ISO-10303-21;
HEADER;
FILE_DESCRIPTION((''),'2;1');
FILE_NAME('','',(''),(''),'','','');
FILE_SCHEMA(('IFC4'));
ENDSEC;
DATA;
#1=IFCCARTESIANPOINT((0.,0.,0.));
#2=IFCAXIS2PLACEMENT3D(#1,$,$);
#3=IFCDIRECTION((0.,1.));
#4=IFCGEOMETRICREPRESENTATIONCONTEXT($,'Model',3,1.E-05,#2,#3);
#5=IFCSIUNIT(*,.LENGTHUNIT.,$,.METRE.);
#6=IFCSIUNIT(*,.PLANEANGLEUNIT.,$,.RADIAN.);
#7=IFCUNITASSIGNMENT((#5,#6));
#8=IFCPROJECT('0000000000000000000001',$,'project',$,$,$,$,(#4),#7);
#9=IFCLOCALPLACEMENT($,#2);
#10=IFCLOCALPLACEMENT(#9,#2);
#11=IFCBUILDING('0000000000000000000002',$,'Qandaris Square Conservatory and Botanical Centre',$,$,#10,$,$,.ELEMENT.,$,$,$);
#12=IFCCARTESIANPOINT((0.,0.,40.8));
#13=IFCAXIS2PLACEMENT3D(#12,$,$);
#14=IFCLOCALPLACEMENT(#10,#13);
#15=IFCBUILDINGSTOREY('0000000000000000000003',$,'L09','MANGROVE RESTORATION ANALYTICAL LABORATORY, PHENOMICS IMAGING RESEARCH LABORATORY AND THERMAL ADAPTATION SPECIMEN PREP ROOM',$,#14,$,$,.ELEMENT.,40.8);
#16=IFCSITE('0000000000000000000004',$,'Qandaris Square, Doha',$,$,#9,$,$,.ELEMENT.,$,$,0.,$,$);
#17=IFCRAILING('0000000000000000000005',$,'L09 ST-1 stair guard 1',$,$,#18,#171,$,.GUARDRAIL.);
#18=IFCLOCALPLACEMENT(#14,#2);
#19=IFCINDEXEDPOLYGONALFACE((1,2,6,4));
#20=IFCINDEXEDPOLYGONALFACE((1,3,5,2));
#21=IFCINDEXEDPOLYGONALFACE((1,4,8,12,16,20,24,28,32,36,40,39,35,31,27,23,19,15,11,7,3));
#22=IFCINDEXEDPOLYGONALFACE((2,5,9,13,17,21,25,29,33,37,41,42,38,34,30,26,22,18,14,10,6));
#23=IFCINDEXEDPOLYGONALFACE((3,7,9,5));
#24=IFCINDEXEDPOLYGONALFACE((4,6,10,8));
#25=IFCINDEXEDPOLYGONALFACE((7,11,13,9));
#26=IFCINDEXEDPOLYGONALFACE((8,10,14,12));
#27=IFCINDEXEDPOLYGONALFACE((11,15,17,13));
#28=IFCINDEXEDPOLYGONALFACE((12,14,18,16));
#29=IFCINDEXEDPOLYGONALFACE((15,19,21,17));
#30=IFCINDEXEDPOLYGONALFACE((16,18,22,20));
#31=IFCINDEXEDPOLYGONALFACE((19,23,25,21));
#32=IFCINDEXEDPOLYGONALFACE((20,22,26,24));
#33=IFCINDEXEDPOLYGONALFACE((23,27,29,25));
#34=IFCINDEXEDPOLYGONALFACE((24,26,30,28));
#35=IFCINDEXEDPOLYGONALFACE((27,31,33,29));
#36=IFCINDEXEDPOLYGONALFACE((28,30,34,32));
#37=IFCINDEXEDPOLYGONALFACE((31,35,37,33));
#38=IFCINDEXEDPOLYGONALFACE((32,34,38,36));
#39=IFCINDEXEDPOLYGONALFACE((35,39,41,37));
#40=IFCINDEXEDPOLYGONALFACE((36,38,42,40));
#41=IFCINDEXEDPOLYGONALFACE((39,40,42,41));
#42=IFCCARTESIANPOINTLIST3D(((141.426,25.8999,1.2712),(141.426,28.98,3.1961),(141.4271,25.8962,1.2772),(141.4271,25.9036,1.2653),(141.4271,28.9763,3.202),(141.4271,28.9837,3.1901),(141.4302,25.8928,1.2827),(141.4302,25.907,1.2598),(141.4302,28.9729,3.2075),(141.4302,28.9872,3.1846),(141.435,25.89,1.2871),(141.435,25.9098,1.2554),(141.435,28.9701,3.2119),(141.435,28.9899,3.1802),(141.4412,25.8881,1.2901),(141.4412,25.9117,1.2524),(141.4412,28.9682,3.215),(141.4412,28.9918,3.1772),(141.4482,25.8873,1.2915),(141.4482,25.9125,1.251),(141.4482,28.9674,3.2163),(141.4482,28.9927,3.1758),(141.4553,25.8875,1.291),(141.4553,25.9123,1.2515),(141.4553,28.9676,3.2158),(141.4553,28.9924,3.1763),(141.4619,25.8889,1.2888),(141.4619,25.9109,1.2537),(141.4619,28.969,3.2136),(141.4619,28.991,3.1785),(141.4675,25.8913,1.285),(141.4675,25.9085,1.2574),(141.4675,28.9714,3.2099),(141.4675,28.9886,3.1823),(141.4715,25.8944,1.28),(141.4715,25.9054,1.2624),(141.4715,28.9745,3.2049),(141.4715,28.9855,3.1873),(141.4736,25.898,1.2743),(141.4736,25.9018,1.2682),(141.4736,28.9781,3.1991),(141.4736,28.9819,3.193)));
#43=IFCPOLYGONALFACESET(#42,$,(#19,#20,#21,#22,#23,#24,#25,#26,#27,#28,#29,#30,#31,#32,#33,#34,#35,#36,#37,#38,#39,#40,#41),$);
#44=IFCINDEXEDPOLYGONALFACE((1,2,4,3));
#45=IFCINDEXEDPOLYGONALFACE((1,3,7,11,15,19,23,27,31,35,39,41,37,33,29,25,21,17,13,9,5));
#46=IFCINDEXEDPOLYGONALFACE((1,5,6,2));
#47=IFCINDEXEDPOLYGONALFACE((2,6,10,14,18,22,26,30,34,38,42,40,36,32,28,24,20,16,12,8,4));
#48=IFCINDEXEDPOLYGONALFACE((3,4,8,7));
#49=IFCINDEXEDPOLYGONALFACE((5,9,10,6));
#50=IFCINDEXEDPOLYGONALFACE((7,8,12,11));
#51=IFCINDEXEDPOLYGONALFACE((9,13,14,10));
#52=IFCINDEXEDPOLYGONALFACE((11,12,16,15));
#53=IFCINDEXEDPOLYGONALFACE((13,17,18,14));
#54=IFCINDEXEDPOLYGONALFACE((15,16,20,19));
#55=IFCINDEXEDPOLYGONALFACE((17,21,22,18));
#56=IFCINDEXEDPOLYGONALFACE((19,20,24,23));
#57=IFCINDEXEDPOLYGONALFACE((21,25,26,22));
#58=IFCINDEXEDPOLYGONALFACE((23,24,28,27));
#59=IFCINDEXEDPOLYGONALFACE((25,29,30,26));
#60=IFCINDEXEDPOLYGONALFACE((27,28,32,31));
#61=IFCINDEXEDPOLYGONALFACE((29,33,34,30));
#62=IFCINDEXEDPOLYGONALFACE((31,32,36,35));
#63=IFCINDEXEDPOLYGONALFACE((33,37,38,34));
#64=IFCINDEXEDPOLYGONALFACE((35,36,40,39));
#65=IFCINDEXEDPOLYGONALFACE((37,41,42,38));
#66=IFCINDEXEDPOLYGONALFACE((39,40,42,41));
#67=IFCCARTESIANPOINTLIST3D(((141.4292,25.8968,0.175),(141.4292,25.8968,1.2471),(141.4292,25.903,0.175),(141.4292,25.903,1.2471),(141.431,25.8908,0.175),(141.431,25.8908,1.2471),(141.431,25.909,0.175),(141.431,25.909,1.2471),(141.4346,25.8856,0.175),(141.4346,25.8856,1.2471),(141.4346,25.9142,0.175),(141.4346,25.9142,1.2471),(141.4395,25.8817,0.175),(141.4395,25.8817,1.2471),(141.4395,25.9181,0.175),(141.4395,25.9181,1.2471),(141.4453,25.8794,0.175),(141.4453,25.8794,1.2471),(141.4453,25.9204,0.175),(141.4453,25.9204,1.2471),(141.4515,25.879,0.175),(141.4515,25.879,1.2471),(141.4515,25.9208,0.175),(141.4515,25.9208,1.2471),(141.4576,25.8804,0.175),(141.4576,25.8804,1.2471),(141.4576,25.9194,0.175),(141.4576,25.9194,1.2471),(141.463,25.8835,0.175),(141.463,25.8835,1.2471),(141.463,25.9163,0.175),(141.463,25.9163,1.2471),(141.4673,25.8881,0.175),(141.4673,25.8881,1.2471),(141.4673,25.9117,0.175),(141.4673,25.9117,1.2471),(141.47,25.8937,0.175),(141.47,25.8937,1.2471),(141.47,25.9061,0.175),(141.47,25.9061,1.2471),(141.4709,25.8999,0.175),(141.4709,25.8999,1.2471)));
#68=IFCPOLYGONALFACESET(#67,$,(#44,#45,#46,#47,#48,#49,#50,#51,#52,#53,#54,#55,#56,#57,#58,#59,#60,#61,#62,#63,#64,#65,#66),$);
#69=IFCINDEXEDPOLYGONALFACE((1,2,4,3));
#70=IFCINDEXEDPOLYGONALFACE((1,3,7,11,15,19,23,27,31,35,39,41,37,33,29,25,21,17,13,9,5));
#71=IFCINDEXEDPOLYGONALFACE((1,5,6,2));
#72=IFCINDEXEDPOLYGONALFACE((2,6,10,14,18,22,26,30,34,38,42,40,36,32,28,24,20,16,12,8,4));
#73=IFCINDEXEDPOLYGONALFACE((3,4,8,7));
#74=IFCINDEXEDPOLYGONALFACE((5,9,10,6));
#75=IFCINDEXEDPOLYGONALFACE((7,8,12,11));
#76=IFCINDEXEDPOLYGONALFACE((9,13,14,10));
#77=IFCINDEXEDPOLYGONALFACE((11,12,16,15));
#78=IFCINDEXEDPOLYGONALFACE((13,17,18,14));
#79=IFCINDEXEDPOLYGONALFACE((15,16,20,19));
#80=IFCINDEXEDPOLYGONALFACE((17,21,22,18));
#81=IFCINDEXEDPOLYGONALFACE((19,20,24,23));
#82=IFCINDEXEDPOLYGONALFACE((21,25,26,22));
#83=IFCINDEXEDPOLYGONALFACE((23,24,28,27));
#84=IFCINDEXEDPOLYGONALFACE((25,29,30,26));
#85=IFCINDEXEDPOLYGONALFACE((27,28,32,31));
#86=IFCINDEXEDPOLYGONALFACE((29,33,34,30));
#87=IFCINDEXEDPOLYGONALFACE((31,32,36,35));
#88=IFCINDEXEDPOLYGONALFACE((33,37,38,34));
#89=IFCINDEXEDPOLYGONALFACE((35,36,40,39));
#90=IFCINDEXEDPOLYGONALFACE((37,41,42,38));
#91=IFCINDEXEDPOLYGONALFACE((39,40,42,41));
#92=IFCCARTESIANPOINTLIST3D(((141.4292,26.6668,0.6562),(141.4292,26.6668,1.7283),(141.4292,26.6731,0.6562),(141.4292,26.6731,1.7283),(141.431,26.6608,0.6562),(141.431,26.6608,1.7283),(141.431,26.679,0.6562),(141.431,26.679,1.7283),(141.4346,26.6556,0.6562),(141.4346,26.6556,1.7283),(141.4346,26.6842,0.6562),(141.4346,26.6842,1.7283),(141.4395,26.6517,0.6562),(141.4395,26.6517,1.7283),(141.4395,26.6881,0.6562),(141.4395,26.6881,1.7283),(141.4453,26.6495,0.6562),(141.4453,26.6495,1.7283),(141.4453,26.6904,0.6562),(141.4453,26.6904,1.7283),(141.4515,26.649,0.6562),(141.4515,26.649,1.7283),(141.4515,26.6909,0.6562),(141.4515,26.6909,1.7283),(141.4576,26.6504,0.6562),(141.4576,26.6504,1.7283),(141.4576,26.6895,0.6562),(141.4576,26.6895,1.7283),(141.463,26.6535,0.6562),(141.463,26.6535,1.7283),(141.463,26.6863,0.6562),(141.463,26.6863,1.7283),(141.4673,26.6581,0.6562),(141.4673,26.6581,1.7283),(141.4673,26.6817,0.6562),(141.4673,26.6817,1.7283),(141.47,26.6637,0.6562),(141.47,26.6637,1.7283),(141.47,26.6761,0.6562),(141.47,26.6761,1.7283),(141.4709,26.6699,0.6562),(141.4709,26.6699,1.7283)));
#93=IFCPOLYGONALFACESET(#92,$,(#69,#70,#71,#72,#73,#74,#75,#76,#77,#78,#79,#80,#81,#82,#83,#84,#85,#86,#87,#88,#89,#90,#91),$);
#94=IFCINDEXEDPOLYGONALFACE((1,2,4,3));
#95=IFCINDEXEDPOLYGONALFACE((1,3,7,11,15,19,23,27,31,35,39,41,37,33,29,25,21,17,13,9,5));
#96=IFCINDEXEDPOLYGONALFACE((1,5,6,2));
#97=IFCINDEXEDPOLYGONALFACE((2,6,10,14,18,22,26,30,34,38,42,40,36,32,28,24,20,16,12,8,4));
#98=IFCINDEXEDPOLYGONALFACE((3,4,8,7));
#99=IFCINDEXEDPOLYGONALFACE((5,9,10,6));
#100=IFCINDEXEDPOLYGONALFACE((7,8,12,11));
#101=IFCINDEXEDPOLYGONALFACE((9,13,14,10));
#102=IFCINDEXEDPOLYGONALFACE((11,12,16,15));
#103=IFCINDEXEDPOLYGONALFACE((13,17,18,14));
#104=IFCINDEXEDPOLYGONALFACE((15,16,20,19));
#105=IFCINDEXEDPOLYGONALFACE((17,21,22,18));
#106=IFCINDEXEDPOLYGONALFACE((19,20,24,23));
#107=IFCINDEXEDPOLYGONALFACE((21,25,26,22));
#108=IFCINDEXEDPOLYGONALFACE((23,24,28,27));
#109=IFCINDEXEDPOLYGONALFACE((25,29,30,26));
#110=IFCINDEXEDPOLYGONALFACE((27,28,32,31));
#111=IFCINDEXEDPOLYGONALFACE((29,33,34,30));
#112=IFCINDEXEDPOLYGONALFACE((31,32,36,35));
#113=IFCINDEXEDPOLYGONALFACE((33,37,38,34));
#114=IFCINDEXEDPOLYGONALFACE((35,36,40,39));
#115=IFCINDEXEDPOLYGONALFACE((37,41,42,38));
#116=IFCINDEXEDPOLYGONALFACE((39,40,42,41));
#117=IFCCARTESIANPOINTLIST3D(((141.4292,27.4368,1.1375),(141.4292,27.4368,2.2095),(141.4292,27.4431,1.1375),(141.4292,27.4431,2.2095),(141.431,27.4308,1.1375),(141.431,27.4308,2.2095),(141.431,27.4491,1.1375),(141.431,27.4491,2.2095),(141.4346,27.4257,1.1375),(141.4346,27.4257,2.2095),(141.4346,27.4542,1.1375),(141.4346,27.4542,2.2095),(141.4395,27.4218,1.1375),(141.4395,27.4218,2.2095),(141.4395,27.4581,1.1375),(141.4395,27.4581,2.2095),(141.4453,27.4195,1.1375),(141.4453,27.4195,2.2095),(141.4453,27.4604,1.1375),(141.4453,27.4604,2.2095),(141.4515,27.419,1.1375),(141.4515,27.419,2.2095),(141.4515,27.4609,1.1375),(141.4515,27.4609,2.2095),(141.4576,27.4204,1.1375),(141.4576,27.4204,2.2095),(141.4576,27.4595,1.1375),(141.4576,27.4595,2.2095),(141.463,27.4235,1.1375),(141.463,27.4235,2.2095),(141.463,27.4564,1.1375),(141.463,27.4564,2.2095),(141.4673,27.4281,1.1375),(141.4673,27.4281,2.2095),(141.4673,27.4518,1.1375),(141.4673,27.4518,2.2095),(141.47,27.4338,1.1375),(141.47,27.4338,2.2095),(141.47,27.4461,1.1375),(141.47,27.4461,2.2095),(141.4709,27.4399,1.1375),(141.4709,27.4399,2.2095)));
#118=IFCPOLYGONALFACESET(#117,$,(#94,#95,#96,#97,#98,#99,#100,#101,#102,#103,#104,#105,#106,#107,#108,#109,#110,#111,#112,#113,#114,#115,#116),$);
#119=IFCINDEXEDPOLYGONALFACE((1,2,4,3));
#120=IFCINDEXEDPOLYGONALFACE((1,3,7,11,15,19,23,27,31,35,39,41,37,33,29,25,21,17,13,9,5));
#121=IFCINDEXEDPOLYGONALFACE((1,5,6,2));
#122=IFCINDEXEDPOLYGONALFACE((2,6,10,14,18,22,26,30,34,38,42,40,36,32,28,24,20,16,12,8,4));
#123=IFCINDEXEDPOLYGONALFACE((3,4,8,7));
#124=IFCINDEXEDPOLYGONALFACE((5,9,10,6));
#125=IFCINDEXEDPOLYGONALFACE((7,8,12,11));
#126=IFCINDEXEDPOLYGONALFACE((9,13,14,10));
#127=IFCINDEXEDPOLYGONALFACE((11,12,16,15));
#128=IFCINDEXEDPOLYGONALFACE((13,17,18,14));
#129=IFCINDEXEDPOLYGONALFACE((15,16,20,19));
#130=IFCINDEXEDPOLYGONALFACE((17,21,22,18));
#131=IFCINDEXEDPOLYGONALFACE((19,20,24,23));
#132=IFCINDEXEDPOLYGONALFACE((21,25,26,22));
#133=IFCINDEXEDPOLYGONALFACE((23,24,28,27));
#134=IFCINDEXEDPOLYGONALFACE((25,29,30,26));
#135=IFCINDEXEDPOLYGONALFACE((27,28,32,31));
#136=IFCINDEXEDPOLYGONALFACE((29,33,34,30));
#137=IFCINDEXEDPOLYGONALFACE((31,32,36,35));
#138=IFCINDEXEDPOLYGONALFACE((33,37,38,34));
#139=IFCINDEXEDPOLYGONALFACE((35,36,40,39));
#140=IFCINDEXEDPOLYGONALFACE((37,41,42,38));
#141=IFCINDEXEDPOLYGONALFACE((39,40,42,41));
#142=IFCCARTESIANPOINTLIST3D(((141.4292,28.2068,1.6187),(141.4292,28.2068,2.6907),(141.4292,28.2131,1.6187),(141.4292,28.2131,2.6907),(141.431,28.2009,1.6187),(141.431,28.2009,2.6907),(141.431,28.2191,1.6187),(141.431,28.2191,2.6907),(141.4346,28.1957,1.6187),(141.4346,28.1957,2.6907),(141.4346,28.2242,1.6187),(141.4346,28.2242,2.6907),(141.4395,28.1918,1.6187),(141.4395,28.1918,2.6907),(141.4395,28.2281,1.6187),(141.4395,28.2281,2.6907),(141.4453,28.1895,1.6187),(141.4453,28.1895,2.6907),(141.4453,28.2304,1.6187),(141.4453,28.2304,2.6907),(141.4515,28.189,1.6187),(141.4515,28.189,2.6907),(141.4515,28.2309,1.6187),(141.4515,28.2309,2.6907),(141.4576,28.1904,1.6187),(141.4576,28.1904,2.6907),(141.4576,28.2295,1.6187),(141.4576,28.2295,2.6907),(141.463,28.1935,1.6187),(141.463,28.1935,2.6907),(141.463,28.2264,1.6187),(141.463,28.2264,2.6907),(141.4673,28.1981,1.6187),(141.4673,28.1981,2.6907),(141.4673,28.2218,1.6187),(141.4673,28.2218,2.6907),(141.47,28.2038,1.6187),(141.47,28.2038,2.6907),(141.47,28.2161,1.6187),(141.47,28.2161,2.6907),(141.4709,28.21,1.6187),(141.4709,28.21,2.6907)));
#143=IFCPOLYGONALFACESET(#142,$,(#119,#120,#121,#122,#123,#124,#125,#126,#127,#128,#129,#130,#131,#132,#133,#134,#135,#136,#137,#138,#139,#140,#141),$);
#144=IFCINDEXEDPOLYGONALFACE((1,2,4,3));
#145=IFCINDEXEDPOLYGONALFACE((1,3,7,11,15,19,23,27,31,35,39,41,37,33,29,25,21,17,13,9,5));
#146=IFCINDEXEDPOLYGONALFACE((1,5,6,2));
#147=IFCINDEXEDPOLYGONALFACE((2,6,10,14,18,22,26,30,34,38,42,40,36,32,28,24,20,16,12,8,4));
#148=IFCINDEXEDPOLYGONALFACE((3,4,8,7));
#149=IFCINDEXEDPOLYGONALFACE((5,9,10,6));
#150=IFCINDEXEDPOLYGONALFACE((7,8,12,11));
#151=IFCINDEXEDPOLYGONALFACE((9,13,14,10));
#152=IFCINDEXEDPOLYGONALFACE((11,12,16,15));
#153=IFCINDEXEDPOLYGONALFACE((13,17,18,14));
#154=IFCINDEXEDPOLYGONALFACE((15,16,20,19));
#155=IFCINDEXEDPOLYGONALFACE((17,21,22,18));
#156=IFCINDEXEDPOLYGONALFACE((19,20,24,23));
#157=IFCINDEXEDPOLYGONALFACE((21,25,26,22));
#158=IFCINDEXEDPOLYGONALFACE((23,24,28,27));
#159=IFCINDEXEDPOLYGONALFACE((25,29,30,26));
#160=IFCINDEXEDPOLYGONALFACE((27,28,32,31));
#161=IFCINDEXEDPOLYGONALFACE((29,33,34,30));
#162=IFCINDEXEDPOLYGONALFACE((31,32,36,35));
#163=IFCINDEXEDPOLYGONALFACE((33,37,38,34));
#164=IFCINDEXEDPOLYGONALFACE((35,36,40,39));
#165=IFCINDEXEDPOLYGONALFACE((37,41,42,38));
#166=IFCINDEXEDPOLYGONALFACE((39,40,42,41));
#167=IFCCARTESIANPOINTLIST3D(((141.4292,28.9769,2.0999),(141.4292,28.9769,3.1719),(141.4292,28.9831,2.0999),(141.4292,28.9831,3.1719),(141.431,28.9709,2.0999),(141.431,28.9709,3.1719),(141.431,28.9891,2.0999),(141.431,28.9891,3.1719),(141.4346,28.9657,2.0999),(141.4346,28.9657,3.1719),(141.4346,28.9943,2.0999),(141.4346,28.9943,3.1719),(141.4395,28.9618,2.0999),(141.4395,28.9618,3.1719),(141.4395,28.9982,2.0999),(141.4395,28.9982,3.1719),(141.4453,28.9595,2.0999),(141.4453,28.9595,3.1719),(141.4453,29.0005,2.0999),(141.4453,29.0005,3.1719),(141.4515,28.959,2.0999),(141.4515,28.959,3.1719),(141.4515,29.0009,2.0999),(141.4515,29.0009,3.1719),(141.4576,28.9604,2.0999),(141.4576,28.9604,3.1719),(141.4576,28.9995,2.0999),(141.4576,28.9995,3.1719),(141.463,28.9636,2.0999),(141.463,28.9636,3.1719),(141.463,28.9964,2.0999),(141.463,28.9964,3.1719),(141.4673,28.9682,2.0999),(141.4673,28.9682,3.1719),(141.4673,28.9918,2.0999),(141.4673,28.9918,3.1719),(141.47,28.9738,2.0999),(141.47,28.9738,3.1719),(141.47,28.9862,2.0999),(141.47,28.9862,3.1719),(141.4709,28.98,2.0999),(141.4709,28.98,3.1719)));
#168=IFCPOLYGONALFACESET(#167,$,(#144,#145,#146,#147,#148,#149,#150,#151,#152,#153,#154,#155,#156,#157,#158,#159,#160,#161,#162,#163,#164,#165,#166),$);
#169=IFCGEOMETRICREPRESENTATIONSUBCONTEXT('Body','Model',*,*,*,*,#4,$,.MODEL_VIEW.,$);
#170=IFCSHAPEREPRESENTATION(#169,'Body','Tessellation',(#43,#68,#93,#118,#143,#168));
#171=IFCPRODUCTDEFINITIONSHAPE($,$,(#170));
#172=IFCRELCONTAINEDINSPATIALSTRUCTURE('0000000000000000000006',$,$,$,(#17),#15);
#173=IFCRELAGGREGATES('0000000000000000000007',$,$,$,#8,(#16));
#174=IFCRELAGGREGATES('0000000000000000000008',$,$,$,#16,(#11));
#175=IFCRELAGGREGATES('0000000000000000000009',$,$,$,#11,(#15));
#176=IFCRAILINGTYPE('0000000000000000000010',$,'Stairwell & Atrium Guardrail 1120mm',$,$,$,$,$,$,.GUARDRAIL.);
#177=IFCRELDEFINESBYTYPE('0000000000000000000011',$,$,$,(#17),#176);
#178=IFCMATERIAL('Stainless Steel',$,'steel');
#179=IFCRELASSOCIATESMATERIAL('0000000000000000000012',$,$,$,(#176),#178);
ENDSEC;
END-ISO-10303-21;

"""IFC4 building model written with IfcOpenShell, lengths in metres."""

from ifc_helpers import new_model, si_unit, direction, frame, origin, origin_2d, place, context, subcontext, project, spatial, circle, extrude, material, type_object, element, save


model = new_model("IFC4")

# Units and contexts
model_context = context("Model", 3, precision=1e-05, world=origin(), true_north=direction((0.0, 1.0)))
body_context = subcontext(model_context, "Body", "Model", "MODEL_VIEW")
ifc_project = project(units=[si_unit("LENGTHUNIT", "METRE"), si_unit("PLANEANGLEUNIT", "RADIAN")], contexts=[model_context])

# Site, building, storey
site_placement = place(None, origin())
site = spatial("IfcSite", under=ifc_project, at=site_placement, Name="Qandaris Square, Doha", CompositionType="ELEMENT", RefElevation=0.0)
building_placement = place(site_placement, origin())
building = spatial("IfcBuilding", under=site, at=building_placement, Name="Qandaris Square Conservatory and Botanical Centre", CompositionType="ELEMENT")
storey_placement = place(building_placement, frame((0.0, 0.0, 40.8)))
storey = spatial("IfcBuildingStorey", under=building, at=storey_placement, Name="L09", Description="MANGROVE RESTORATION ANALYTICAL LABORATORY, PHENOMICS IMAGING RESEARCH LABORATORY AND THERMAL ADAPTATION SPECIMEN PREP ROOM", CompositionType="ELEMENT", Elevation=40.8)

# Railing
ifc_material_1 = material(Name="Stainless Steel", Category="steel")
railing_type_1 = type_object("IfcRailingType", Name="Stairwell & Atrium Guardrail 1120mm", PredefinedType="GUARDRAIL", material=ifc_material_1)
railing_1_placement = place(storey_placement, frame((141.45, 25.8999, 0.175)))
element("IfcRailing", 1, at=railing_1_placement, inside=storey, type_object=railing_type_1, Name="L09 ST-1 stair guard 1", PredefinedType="GUARDRAIL", context=body_context, shape_type="SweptSolid", body=[
    extrude(circle(Radius=0.0239, at=origin_2d()), frame((0.0, 0.0, 1.0962), z_axis=(0.0, 0.848029, 0.529951), x_axis=(-1.0, 0.0, 0.0)), (0.0, 0.0, 1.0), 3.6321),
    extrude(circle(Radius=0.021, at=origin_2d()), origin(), (0.0, 0.0, 1.0), 1.072),
    extrude(circle(Radius=0.021, at=origin_2d()), frame((0.0, 0.77, 0.4812)), (0.0, 0.0, 1.0), 1.072),
    extrude(circle(Radius=0.021, at=origin_2d()), frame((0.0, 1.54, 0.9624)), (0.0, 0.0, 1.0), 1.072),
    extrude(circle(Radius=0.021, at=origin_2d()), frame((0.0, 2.3101, 1.4436)), (0.0, 0.0, 1.0), 1.072),
    extrude(circle(Radius=0.021, at=origin_2d()), frame((0.0, 3.0801, 1.9248)), (0.0, 0.0, 1.0), 1.072),
])

save(model, "model.ifc")
